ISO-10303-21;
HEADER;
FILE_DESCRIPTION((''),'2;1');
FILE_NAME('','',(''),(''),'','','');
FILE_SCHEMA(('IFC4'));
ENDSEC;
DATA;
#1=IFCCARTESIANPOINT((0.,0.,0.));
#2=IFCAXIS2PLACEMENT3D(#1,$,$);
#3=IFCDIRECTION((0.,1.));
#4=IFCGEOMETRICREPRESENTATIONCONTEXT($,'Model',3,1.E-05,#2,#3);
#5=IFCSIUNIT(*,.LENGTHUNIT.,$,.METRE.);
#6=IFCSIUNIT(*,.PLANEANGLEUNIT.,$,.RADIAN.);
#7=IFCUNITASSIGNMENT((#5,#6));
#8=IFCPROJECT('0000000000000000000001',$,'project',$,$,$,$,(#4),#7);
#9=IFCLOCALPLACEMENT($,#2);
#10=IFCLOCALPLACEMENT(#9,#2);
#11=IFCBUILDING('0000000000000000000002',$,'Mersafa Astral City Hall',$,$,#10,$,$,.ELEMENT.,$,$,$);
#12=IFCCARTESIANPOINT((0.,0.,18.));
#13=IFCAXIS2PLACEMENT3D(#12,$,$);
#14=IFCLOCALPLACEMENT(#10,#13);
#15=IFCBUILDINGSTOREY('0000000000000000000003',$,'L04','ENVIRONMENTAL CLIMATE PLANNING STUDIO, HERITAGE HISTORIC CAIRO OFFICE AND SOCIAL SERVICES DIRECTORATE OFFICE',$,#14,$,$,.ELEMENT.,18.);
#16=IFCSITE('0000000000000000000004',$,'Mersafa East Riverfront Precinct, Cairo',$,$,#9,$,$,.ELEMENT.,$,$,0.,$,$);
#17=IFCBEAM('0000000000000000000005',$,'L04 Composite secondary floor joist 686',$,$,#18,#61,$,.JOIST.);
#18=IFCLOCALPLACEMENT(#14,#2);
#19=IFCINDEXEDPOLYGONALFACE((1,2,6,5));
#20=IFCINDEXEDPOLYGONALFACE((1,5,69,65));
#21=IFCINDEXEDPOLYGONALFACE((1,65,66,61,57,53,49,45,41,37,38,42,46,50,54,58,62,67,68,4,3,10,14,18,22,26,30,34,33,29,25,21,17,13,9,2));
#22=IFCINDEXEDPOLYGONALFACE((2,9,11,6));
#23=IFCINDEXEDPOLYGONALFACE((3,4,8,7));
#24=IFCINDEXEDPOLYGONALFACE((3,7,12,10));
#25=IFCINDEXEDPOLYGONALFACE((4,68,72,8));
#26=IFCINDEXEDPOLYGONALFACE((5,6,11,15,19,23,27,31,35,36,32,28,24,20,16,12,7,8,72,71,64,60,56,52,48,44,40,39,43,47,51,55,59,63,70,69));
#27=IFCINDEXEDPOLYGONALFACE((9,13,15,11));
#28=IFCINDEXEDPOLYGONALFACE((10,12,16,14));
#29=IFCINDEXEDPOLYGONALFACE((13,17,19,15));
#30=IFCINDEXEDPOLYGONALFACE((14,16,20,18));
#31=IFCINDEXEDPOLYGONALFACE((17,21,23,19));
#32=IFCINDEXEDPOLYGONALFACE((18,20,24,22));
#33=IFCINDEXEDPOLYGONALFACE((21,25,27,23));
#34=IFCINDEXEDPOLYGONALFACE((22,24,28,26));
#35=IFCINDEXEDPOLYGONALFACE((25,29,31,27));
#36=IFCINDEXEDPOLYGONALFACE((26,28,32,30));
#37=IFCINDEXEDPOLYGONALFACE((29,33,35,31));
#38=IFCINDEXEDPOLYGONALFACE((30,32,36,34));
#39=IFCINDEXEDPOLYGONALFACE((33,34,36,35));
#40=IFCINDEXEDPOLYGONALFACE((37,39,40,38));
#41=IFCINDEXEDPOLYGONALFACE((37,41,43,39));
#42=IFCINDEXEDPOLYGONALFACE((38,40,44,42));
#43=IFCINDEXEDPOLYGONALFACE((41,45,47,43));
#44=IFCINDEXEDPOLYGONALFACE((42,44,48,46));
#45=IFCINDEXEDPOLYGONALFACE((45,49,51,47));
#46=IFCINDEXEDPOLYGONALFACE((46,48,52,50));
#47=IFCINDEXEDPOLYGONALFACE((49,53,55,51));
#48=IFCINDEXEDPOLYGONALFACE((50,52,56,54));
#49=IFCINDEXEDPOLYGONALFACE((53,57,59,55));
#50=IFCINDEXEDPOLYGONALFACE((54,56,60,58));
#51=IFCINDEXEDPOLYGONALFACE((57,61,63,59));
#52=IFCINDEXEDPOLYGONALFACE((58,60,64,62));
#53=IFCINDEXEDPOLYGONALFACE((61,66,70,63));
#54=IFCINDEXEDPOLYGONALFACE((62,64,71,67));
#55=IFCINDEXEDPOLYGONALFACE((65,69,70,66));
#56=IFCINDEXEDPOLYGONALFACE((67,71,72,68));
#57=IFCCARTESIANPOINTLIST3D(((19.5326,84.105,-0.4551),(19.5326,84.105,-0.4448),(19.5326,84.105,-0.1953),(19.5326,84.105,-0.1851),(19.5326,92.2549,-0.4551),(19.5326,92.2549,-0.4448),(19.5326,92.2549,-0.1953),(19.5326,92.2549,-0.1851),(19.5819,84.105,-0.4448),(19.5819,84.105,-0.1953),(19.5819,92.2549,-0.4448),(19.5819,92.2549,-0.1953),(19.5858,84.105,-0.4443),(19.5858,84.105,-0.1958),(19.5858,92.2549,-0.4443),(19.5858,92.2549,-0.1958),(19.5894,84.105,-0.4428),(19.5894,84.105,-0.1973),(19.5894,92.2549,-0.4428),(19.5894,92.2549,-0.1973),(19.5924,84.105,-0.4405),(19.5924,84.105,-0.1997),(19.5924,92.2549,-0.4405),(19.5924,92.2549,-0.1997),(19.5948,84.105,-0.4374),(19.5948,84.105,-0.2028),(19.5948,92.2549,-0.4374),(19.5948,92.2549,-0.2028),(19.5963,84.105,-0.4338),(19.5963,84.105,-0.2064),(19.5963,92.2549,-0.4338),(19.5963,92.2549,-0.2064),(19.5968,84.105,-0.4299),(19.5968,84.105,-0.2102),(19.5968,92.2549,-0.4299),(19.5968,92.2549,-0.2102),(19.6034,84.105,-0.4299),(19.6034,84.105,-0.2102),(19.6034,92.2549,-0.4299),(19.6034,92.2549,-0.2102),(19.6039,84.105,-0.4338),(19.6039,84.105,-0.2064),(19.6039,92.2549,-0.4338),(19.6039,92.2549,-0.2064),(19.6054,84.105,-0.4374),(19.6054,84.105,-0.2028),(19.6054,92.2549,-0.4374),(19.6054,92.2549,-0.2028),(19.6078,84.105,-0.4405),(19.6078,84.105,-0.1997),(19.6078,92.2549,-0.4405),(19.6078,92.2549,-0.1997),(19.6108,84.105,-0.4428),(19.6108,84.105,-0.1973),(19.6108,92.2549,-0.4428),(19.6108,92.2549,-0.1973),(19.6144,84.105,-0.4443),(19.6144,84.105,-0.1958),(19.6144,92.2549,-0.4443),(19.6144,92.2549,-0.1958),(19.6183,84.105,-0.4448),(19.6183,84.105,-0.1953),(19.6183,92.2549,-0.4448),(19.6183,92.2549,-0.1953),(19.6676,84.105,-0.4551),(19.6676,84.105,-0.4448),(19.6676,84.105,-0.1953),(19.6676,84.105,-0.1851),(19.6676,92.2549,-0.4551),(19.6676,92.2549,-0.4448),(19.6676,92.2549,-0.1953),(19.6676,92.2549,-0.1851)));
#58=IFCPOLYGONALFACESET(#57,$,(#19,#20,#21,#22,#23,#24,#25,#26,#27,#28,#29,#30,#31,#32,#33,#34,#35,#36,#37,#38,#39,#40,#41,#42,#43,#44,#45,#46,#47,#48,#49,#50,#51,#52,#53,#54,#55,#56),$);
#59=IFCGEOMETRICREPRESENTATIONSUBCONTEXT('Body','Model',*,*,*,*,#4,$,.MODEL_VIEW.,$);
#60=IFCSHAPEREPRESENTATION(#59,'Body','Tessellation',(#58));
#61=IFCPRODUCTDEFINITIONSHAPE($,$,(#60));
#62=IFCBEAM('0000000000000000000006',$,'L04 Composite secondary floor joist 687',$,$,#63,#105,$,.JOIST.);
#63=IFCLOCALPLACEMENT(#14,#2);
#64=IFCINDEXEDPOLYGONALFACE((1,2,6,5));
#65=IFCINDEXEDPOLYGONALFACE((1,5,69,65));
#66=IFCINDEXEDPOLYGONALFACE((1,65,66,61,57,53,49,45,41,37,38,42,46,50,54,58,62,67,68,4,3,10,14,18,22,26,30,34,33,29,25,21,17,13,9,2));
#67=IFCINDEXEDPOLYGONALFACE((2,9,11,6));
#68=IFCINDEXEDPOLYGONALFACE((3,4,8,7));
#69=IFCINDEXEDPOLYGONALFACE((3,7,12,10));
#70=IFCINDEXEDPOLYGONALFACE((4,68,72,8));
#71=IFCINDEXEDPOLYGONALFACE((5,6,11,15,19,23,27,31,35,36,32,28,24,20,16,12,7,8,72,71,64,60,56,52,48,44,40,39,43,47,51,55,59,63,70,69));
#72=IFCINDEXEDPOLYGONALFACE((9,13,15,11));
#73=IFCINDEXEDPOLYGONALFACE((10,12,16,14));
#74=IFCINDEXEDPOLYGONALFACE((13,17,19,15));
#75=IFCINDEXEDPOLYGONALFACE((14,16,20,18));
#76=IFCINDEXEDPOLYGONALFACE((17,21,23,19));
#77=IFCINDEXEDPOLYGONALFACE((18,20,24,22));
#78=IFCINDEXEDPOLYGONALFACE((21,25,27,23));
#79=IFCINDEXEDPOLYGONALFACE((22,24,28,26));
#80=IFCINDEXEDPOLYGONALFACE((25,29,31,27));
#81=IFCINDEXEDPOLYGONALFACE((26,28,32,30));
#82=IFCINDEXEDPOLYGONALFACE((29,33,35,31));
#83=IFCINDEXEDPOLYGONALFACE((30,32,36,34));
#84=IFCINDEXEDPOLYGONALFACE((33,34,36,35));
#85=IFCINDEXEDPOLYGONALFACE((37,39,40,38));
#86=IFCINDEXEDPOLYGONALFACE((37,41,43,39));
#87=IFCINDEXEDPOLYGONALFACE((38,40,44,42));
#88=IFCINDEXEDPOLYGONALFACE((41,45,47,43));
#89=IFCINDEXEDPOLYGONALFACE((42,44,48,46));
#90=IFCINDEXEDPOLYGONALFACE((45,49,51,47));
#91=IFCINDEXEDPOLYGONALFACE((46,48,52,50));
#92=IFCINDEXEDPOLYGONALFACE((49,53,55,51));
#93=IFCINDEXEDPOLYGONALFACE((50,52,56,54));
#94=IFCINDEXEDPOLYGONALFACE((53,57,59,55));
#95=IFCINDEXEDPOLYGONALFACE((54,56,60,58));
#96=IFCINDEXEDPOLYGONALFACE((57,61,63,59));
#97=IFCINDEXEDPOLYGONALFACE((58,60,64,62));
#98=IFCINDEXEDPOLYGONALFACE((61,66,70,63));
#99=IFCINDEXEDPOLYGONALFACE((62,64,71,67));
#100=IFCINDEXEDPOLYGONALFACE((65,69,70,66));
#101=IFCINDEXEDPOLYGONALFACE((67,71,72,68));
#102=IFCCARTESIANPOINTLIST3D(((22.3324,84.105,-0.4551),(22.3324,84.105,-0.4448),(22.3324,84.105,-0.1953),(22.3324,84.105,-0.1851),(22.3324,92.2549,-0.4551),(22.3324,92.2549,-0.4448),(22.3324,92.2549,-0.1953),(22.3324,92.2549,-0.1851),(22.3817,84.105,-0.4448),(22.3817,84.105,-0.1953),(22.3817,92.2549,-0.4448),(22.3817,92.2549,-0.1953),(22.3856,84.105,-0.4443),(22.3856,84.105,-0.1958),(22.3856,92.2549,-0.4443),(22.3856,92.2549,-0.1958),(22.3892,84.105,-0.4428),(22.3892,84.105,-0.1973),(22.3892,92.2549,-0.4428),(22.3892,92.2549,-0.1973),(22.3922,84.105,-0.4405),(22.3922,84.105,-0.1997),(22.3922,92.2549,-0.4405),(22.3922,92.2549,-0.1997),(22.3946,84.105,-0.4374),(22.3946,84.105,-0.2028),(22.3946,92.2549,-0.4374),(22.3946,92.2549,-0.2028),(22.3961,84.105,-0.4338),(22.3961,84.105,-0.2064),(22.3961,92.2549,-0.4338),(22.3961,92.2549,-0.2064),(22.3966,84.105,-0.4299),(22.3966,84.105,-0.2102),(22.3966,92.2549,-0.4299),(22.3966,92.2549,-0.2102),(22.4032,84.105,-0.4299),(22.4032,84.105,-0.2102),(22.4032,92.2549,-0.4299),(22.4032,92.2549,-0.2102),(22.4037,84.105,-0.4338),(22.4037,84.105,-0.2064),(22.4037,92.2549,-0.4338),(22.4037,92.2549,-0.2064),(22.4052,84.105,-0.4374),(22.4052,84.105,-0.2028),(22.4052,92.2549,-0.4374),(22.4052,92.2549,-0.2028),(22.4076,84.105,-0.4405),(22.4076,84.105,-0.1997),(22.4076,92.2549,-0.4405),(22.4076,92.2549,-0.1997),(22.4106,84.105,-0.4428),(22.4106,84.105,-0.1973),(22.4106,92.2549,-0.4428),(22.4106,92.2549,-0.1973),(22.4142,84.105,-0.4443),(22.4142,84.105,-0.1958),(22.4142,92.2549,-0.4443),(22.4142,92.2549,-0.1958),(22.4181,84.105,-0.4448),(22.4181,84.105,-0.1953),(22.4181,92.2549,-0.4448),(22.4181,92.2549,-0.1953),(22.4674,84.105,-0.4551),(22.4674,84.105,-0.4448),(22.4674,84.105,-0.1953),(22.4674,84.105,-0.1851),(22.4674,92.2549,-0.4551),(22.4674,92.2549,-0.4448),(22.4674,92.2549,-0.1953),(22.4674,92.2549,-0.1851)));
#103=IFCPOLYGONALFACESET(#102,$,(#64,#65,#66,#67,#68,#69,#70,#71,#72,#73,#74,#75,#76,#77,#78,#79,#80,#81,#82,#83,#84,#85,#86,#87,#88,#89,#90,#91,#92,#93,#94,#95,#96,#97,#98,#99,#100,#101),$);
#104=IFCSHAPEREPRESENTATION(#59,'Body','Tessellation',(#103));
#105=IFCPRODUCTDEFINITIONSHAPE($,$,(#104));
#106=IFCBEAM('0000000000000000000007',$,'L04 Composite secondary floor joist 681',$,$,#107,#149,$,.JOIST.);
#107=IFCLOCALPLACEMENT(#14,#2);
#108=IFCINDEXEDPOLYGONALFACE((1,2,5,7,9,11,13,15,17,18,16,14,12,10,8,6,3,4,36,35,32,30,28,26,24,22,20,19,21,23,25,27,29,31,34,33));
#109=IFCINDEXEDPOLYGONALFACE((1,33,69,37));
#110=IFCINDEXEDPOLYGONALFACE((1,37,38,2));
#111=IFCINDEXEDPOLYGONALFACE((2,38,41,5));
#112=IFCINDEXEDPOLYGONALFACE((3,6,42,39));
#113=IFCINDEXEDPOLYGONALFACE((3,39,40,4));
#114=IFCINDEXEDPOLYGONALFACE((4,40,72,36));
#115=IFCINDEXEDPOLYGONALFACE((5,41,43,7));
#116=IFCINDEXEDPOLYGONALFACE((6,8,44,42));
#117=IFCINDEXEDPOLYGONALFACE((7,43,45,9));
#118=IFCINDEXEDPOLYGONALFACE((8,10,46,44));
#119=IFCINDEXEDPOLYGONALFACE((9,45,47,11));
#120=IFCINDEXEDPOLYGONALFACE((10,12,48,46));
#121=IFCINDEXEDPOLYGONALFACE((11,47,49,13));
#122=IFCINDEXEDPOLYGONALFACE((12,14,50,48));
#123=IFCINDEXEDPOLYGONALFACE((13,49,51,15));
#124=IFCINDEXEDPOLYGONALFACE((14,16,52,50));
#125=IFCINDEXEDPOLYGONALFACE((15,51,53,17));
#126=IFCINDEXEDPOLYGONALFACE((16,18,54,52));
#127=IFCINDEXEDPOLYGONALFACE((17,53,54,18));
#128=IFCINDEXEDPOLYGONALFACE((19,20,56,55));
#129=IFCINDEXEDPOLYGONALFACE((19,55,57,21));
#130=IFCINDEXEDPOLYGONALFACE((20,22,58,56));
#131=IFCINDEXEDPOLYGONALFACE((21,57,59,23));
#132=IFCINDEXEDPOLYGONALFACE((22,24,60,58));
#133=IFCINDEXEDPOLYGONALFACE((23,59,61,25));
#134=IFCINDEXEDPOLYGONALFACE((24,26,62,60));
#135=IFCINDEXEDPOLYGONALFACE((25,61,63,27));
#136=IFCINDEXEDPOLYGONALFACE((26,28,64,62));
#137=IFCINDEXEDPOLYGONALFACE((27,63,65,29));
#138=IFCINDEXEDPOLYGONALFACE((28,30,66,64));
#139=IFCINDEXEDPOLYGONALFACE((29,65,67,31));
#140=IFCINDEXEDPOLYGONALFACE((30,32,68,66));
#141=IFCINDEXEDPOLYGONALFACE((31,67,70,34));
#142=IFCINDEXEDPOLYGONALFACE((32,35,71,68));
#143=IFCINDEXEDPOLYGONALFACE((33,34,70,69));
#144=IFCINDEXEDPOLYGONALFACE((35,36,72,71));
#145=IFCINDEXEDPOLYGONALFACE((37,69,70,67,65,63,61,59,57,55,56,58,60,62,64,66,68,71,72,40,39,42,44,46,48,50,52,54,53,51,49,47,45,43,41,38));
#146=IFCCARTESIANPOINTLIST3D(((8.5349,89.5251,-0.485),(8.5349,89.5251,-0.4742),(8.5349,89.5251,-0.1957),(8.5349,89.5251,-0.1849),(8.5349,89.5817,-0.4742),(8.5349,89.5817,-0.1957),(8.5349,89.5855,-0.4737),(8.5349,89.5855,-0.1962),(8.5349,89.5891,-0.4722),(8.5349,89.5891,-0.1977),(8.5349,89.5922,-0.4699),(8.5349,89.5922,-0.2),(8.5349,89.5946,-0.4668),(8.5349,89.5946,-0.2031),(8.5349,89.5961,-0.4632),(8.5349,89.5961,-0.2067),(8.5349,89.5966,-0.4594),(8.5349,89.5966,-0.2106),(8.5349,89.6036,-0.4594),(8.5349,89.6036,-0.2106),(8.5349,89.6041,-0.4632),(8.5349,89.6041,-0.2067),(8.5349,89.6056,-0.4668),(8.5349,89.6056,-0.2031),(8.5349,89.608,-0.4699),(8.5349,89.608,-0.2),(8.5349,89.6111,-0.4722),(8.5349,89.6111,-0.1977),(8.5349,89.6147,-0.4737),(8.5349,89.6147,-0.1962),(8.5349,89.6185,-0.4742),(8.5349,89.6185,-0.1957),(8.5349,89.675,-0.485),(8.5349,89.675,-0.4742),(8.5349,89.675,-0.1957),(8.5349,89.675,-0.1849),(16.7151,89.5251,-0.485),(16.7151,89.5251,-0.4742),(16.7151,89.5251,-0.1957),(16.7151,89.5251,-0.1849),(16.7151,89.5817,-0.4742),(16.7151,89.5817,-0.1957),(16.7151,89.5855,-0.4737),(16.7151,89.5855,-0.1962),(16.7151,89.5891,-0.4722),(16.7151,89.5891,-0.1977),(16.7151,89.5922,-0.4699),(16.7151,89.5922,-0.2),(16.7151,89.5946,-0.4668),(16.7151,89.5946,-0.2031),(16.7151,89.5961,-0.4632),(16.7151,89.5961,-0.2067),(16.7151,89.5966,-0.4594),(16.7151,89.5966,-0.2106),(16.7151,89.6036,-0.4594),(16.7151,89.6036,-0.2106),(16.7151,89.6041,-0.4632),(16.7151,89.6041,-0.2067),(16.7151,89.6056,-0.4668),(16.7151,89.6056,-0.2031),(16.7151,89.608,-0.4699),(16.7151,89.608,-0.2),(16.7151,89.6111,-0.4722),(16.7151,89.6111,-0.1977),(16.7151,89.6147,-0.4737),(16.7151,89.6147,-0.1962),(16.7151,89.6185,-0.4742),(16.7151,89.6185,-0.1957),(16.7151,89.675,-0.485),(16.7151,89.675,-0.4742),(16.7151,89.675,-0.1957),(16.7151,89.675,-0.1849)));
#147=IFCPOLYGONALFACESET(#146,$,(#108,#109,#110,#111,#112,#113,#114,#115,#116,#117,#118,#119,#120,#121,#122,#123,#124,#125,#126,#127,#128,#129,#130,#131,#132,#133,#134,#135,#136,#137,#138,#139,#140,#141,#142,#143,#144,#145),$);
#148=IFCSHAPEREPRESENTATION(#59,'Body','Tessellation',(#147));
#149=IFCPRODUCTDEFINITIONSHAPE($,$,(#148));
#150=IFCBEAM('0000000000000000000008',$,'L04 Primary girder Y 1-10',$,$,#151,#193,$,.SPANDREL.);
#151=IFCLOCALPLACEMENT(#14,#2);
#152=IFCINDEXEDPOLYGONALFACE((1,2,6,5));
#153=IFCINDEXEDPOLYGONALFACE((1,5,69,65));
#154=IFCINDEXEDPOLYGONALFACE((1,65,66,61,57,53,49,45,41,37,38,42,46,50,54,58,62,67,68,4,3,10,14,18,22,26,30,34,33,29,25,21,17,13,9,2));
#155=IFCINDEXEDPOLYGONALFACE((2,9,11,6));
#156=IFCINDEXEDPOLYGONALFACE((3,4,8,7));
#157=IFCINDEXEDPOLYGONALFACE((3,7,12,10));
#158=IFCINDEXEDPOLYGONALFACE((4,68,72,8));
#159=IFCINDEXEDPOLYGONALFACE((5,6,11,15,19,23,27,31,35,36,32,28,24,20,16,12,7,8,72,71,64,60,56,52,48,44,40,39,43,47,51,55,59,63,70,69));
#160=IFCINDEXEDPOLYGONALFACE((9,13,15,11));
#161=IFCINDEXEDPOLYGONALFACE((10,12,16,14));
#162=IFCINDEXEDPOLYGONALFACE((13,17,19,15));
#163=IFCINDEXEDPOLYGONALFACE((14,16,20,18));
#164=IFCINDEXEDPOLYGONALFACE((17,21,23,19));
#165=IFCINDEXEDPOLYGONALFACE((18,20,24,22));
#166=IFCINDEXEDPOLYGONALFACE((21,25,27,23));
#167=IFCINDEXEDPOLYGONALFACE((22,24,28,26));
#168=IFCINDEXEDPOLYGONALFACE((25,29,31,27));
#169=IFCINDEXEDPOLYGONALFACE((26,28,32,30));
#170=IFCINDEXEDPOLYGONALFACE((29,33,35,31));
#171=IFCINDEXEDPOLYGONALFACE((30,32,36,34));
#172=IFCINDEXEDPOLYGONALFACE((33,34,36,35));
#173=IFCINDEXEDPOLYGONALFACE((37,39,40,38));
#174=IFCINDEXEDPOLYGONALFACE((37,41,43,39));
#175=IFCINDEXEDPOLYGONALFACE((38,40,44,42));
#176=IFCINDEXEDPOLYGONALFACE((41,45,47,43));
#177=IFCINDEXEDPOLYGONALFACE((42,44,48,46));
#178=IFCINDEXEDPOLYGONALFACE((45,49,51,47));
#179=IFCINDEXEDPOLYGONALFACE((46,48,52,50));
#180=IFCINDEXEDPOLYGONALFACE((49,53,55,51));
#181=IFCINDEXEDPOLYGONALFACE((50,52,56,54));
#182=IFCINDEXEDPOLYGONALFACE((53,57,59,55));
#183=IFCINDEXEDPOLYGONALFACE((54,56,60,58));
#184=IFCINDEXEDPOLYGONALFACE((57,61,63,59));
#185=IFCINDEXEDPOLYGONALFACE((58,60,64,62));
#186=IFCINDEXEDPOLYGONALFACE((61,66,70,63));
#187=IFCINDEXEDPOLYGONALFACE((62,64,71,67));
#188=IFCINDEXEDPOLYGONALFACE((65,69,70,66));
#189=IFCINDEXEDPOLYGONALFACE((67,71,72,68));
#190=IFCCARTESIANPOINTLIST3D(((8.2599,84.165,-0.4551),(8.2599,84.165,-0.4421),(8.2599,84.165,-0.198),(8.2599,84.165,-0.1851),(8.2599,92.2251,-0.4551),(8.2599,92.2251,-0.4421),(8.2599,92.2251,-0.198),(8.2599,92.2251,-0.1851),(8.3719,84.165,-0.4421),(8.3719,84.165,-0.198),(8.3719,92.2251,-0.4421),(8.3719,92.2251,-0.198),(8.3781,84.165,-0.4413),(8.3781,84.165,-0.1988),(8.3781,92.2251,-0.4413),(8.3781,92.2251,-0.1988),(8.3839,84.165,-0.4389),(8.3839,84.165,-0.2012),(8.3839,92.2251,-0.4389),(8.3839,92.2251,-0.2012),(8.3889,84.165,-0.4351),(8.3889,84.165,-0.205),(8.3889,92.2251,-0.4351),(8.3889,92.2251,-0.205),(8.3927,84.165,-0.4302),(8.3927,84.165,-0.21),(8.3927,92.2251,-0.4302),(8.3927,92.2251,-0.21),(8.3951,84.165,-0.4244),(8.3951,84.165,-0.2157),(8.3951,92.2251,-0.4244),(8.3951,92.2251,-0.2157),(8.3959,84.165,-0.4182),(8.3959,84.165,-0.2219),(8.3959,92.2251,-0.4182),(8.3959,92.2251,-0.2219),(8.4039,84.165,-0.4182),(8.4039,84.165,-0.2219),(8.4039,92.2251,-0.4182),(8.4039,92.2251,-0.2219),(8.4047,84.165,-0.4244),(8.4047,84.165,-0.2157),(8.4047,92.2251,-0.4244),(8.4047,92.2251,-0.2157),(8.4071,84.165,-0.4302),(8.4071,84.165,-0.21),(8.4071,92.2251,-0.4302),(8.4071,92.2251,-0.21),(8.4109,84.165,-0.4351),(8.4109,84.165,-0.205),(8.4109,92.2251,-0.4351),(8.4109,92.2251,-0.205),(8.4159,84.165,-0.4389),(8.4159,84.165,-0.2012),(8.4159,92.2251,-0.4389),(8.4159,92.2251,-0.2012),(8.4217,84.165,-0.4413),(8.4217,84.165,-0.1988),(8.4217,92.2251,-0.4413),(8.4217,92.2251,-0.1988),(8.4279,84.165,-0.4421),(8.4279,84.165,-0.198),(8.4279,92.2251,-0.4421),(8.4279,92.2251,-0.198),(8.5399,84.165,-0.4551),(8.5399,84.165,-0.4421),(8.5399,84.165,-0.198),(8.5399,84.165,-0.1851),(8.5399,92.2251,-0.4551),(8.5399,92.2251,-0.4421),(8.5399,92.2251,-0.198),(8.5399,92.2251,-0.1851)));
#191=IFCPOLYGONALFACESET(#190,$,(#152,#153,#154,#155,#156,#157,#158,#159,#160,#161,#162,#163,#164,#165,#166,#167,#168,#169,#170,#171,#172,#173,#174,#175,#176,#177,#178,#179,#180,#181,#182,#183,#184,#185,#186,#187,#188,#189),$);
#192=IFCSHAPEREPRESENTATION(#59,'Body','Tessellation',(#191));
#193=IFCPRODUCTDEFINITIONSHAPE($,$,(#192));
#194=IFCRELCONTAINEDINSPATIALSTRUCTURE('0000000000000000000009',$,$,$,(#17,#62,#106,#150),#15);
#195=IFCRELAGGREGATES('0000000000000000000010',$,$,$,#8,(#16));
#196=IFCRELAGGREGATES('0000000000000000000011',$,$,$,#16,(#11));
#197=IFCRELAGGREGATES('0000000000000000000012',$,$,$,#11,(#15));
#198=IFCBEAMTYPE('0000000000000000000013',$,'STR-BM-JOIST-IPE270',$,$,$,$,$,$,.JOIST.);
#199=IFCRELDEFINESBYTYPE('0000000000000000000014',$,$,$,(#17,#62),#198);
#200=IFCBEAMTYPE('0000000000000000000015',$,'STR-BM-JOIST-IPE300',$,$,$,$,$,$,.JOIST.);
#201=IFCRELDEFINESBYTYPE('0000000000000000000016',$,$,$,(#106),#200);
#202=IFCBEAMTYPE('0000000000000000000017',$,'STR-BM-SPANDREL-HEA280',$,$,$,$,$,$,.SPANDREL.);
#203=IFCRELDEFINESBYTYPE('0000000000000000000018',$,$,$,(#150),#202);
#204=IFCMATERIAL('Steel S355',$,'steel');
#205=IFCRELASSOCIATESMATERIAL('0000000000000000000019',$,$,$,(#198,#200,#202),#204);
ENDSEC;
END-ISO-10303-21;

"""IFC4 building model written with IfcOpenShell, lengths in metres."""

from ifc_helpers import new_model, si_unit, direction, frame, origin, origin_2d, place, context, subcontext, project, spatial, i_section, extrude, material, material_profile, profile_set, type_object, element, save


model = new_model("IFC4")

# Units and contexts
model_context = context("Model", 3, precision=1e-05, world=origin(), true_north=direction((0.0, 1.0)))
body_context = subcontext(model_context, "Body", "Model", "MODEL_VIEW")
ifc_project = project(units=[si_unit("LENGTHUNIT", "METRE"), si_unit("PLANEANGLEUNIT", "RADIAN")], contexts=[model_context])

# Site, building, storey
site_placement = place(None, origin())
site = spatial("IfcSite", under=ifc_project, at=site_placement, Name="Mersafa East Riverfront Precinct, Cairo", CompositionType="ELEMENT", RefElevation=0.0)
building_placement = place(site_placement, origin())
building = spatial("IfcBuilding", under=site, at=building_placement, Name="Mersafa Astral City Hall", CompositionType="ELEMENT")
storey_placement = place(building_placement, frame((0.0, 0.0, 18.0)))
storey = spatial("IfcBuildingStorey", under=building, at=storey_placement, Name="L04", Description="ENVIRONMENTAL CLIMATE PLANNING STUDIO, HERITAGE HISTORIC CAIRO OFFICE AND SOCIAL SERVICES DIRECTORATE OFFICE", CompositionType="ELEMENT", Elevation=18.0)

# Shared definitions
ifc_material_1 = material(Name="Steel S355", Category="steel")

# Beams
ifc_material_profile_1 = material_profile(ifc_material_1, i_section(OverallWidth=0.135, OverallDepth=0.27, WebThickness=0.0066, FlangeThickness=0.0103, FilletRadius=0.0149, at=origin_2d()), Name="IPE 270")
ifc_profile_set_1 = profile_set([ifc_material_profile_1], Name="Steel S355")
beam_type_1 = type_object("IfcBeamType", Name="STR-BM-JOIST-IPE270", PredefinedType="JOIST", material=ifc_profile_set_1)
for number, where, z_axis, x_axis, name in (
    (1, (19.6001, 84.105, -0.3201), (0.0, 1.0, 0.0), (-1.0, 0.0, 0.0), "L04 Composite secondary floor joist 686"),
    (2, (22.3999, 84.105, -0.3201), (0.0, 1.0, 0.0), (-1.0, 0.0, 0.0), "L04 Composite secondary floor joist 687"),
):
    element("IfcBeam", number, at=place(storey_placement, frame(where, z_axis=z_axis, x_axis=x_axis)), inside=storey, type_object=beam_type_1, Name=name, PredefinedType="JOIST", context=body_context, shape_type="SweptSolid", body=[
        extrude(i_section(OverallWidth=0.135, OverallDepth=0.27, WebThickness=0.0066, FlangeThickness=0.0103, FilletRadius=0.0149, at=origin_2d()), origin(), (0.0, 0.0, 1.0), 8.1499),
    ])
ifc_material_profile_2 = material_profile(ifc_material_1, i_section(OverallWidth=0.1499, OverallDepth=0.3, WebThickness=0.0071, FlangeThickness=0.0107, FilletRadius=0.0149, at=origin_2d()), Name="IPE 300")
ifc_profile_set_2 = profile_set([ifc_material_profile_2], Name="Steel S355")
beam_type_2 = type_object("IfcBeamType", Name="STR-BM-JOIST-IPE300", PredefinedType="JOIST", material=ifc_profile_set_2)
beam_1_placement = place(storey_placement, frame((8.5349, 89.6001, -0.335), z_axis=(1.0, 0.0, 0.0), x_axis=(0.0, 1.0, 0.0)))
element("IfcBeam", 3, at=beam_1_placement, inside=storey, type_object=beam_type_2, Name="L04 Composite secondary floor joist 681", PredefinedType="JOIST", context=body_context, shape_type="SweptSolid", body=[
    extrude(i_section(OverallWidth=0.1499, OverallDepth=0.3, WebThickness=0.0071, FlangeThickness=0.0107, FilletRadius=0.0149, at=origin_2d()), origin(), (0.0, 0.0, 1.0), 8.1802),
])
ifc_material_profile_3 = material_profile(ifc_material_1, i_section(OverallWidth=0.28, OverallDepth=0.27, WebThickness=0.0081, FlangeThickness=0.0129, FilletRadius=0.0239, at=origin_2d()), Name="HEA 280")
ifc_profile_set_3 = profile_set([ifc_material_profile_3], Name="Steel S355")
beam_type_3 = type_object("IfcBeamType", Name="STR-BM-SPANDREL-HEA280", PredefinedType="SPANDREL", material=ifc_profile_set_3)
beam_2_placement = place(storey_placement, frame((8.3999, 84.165, -0.3201), z_axis=(0.0, 1.0, 0.0), x_axis=(-1.0, 0.0, 0.0)))
element("IfcBeam", 4, at=beam_2_placement, inside=storey, type_object=beam_type_3, Name="L04 Primary girder Y 1-10", PredefinedType="SPANDREL", context=body_context, shape_type="SweptSolid", body=[
    extrude(i_section(OverallWidth=0.28, OverallDepth=0.27, WebThickness=0.0081, FlangeThickness=0.0129, FilletRadius=0.0239, at=origin_2d()), origin(), (0.0, 0.0, 1.0), 8.0601),
])

save(model, "model.ifc")
